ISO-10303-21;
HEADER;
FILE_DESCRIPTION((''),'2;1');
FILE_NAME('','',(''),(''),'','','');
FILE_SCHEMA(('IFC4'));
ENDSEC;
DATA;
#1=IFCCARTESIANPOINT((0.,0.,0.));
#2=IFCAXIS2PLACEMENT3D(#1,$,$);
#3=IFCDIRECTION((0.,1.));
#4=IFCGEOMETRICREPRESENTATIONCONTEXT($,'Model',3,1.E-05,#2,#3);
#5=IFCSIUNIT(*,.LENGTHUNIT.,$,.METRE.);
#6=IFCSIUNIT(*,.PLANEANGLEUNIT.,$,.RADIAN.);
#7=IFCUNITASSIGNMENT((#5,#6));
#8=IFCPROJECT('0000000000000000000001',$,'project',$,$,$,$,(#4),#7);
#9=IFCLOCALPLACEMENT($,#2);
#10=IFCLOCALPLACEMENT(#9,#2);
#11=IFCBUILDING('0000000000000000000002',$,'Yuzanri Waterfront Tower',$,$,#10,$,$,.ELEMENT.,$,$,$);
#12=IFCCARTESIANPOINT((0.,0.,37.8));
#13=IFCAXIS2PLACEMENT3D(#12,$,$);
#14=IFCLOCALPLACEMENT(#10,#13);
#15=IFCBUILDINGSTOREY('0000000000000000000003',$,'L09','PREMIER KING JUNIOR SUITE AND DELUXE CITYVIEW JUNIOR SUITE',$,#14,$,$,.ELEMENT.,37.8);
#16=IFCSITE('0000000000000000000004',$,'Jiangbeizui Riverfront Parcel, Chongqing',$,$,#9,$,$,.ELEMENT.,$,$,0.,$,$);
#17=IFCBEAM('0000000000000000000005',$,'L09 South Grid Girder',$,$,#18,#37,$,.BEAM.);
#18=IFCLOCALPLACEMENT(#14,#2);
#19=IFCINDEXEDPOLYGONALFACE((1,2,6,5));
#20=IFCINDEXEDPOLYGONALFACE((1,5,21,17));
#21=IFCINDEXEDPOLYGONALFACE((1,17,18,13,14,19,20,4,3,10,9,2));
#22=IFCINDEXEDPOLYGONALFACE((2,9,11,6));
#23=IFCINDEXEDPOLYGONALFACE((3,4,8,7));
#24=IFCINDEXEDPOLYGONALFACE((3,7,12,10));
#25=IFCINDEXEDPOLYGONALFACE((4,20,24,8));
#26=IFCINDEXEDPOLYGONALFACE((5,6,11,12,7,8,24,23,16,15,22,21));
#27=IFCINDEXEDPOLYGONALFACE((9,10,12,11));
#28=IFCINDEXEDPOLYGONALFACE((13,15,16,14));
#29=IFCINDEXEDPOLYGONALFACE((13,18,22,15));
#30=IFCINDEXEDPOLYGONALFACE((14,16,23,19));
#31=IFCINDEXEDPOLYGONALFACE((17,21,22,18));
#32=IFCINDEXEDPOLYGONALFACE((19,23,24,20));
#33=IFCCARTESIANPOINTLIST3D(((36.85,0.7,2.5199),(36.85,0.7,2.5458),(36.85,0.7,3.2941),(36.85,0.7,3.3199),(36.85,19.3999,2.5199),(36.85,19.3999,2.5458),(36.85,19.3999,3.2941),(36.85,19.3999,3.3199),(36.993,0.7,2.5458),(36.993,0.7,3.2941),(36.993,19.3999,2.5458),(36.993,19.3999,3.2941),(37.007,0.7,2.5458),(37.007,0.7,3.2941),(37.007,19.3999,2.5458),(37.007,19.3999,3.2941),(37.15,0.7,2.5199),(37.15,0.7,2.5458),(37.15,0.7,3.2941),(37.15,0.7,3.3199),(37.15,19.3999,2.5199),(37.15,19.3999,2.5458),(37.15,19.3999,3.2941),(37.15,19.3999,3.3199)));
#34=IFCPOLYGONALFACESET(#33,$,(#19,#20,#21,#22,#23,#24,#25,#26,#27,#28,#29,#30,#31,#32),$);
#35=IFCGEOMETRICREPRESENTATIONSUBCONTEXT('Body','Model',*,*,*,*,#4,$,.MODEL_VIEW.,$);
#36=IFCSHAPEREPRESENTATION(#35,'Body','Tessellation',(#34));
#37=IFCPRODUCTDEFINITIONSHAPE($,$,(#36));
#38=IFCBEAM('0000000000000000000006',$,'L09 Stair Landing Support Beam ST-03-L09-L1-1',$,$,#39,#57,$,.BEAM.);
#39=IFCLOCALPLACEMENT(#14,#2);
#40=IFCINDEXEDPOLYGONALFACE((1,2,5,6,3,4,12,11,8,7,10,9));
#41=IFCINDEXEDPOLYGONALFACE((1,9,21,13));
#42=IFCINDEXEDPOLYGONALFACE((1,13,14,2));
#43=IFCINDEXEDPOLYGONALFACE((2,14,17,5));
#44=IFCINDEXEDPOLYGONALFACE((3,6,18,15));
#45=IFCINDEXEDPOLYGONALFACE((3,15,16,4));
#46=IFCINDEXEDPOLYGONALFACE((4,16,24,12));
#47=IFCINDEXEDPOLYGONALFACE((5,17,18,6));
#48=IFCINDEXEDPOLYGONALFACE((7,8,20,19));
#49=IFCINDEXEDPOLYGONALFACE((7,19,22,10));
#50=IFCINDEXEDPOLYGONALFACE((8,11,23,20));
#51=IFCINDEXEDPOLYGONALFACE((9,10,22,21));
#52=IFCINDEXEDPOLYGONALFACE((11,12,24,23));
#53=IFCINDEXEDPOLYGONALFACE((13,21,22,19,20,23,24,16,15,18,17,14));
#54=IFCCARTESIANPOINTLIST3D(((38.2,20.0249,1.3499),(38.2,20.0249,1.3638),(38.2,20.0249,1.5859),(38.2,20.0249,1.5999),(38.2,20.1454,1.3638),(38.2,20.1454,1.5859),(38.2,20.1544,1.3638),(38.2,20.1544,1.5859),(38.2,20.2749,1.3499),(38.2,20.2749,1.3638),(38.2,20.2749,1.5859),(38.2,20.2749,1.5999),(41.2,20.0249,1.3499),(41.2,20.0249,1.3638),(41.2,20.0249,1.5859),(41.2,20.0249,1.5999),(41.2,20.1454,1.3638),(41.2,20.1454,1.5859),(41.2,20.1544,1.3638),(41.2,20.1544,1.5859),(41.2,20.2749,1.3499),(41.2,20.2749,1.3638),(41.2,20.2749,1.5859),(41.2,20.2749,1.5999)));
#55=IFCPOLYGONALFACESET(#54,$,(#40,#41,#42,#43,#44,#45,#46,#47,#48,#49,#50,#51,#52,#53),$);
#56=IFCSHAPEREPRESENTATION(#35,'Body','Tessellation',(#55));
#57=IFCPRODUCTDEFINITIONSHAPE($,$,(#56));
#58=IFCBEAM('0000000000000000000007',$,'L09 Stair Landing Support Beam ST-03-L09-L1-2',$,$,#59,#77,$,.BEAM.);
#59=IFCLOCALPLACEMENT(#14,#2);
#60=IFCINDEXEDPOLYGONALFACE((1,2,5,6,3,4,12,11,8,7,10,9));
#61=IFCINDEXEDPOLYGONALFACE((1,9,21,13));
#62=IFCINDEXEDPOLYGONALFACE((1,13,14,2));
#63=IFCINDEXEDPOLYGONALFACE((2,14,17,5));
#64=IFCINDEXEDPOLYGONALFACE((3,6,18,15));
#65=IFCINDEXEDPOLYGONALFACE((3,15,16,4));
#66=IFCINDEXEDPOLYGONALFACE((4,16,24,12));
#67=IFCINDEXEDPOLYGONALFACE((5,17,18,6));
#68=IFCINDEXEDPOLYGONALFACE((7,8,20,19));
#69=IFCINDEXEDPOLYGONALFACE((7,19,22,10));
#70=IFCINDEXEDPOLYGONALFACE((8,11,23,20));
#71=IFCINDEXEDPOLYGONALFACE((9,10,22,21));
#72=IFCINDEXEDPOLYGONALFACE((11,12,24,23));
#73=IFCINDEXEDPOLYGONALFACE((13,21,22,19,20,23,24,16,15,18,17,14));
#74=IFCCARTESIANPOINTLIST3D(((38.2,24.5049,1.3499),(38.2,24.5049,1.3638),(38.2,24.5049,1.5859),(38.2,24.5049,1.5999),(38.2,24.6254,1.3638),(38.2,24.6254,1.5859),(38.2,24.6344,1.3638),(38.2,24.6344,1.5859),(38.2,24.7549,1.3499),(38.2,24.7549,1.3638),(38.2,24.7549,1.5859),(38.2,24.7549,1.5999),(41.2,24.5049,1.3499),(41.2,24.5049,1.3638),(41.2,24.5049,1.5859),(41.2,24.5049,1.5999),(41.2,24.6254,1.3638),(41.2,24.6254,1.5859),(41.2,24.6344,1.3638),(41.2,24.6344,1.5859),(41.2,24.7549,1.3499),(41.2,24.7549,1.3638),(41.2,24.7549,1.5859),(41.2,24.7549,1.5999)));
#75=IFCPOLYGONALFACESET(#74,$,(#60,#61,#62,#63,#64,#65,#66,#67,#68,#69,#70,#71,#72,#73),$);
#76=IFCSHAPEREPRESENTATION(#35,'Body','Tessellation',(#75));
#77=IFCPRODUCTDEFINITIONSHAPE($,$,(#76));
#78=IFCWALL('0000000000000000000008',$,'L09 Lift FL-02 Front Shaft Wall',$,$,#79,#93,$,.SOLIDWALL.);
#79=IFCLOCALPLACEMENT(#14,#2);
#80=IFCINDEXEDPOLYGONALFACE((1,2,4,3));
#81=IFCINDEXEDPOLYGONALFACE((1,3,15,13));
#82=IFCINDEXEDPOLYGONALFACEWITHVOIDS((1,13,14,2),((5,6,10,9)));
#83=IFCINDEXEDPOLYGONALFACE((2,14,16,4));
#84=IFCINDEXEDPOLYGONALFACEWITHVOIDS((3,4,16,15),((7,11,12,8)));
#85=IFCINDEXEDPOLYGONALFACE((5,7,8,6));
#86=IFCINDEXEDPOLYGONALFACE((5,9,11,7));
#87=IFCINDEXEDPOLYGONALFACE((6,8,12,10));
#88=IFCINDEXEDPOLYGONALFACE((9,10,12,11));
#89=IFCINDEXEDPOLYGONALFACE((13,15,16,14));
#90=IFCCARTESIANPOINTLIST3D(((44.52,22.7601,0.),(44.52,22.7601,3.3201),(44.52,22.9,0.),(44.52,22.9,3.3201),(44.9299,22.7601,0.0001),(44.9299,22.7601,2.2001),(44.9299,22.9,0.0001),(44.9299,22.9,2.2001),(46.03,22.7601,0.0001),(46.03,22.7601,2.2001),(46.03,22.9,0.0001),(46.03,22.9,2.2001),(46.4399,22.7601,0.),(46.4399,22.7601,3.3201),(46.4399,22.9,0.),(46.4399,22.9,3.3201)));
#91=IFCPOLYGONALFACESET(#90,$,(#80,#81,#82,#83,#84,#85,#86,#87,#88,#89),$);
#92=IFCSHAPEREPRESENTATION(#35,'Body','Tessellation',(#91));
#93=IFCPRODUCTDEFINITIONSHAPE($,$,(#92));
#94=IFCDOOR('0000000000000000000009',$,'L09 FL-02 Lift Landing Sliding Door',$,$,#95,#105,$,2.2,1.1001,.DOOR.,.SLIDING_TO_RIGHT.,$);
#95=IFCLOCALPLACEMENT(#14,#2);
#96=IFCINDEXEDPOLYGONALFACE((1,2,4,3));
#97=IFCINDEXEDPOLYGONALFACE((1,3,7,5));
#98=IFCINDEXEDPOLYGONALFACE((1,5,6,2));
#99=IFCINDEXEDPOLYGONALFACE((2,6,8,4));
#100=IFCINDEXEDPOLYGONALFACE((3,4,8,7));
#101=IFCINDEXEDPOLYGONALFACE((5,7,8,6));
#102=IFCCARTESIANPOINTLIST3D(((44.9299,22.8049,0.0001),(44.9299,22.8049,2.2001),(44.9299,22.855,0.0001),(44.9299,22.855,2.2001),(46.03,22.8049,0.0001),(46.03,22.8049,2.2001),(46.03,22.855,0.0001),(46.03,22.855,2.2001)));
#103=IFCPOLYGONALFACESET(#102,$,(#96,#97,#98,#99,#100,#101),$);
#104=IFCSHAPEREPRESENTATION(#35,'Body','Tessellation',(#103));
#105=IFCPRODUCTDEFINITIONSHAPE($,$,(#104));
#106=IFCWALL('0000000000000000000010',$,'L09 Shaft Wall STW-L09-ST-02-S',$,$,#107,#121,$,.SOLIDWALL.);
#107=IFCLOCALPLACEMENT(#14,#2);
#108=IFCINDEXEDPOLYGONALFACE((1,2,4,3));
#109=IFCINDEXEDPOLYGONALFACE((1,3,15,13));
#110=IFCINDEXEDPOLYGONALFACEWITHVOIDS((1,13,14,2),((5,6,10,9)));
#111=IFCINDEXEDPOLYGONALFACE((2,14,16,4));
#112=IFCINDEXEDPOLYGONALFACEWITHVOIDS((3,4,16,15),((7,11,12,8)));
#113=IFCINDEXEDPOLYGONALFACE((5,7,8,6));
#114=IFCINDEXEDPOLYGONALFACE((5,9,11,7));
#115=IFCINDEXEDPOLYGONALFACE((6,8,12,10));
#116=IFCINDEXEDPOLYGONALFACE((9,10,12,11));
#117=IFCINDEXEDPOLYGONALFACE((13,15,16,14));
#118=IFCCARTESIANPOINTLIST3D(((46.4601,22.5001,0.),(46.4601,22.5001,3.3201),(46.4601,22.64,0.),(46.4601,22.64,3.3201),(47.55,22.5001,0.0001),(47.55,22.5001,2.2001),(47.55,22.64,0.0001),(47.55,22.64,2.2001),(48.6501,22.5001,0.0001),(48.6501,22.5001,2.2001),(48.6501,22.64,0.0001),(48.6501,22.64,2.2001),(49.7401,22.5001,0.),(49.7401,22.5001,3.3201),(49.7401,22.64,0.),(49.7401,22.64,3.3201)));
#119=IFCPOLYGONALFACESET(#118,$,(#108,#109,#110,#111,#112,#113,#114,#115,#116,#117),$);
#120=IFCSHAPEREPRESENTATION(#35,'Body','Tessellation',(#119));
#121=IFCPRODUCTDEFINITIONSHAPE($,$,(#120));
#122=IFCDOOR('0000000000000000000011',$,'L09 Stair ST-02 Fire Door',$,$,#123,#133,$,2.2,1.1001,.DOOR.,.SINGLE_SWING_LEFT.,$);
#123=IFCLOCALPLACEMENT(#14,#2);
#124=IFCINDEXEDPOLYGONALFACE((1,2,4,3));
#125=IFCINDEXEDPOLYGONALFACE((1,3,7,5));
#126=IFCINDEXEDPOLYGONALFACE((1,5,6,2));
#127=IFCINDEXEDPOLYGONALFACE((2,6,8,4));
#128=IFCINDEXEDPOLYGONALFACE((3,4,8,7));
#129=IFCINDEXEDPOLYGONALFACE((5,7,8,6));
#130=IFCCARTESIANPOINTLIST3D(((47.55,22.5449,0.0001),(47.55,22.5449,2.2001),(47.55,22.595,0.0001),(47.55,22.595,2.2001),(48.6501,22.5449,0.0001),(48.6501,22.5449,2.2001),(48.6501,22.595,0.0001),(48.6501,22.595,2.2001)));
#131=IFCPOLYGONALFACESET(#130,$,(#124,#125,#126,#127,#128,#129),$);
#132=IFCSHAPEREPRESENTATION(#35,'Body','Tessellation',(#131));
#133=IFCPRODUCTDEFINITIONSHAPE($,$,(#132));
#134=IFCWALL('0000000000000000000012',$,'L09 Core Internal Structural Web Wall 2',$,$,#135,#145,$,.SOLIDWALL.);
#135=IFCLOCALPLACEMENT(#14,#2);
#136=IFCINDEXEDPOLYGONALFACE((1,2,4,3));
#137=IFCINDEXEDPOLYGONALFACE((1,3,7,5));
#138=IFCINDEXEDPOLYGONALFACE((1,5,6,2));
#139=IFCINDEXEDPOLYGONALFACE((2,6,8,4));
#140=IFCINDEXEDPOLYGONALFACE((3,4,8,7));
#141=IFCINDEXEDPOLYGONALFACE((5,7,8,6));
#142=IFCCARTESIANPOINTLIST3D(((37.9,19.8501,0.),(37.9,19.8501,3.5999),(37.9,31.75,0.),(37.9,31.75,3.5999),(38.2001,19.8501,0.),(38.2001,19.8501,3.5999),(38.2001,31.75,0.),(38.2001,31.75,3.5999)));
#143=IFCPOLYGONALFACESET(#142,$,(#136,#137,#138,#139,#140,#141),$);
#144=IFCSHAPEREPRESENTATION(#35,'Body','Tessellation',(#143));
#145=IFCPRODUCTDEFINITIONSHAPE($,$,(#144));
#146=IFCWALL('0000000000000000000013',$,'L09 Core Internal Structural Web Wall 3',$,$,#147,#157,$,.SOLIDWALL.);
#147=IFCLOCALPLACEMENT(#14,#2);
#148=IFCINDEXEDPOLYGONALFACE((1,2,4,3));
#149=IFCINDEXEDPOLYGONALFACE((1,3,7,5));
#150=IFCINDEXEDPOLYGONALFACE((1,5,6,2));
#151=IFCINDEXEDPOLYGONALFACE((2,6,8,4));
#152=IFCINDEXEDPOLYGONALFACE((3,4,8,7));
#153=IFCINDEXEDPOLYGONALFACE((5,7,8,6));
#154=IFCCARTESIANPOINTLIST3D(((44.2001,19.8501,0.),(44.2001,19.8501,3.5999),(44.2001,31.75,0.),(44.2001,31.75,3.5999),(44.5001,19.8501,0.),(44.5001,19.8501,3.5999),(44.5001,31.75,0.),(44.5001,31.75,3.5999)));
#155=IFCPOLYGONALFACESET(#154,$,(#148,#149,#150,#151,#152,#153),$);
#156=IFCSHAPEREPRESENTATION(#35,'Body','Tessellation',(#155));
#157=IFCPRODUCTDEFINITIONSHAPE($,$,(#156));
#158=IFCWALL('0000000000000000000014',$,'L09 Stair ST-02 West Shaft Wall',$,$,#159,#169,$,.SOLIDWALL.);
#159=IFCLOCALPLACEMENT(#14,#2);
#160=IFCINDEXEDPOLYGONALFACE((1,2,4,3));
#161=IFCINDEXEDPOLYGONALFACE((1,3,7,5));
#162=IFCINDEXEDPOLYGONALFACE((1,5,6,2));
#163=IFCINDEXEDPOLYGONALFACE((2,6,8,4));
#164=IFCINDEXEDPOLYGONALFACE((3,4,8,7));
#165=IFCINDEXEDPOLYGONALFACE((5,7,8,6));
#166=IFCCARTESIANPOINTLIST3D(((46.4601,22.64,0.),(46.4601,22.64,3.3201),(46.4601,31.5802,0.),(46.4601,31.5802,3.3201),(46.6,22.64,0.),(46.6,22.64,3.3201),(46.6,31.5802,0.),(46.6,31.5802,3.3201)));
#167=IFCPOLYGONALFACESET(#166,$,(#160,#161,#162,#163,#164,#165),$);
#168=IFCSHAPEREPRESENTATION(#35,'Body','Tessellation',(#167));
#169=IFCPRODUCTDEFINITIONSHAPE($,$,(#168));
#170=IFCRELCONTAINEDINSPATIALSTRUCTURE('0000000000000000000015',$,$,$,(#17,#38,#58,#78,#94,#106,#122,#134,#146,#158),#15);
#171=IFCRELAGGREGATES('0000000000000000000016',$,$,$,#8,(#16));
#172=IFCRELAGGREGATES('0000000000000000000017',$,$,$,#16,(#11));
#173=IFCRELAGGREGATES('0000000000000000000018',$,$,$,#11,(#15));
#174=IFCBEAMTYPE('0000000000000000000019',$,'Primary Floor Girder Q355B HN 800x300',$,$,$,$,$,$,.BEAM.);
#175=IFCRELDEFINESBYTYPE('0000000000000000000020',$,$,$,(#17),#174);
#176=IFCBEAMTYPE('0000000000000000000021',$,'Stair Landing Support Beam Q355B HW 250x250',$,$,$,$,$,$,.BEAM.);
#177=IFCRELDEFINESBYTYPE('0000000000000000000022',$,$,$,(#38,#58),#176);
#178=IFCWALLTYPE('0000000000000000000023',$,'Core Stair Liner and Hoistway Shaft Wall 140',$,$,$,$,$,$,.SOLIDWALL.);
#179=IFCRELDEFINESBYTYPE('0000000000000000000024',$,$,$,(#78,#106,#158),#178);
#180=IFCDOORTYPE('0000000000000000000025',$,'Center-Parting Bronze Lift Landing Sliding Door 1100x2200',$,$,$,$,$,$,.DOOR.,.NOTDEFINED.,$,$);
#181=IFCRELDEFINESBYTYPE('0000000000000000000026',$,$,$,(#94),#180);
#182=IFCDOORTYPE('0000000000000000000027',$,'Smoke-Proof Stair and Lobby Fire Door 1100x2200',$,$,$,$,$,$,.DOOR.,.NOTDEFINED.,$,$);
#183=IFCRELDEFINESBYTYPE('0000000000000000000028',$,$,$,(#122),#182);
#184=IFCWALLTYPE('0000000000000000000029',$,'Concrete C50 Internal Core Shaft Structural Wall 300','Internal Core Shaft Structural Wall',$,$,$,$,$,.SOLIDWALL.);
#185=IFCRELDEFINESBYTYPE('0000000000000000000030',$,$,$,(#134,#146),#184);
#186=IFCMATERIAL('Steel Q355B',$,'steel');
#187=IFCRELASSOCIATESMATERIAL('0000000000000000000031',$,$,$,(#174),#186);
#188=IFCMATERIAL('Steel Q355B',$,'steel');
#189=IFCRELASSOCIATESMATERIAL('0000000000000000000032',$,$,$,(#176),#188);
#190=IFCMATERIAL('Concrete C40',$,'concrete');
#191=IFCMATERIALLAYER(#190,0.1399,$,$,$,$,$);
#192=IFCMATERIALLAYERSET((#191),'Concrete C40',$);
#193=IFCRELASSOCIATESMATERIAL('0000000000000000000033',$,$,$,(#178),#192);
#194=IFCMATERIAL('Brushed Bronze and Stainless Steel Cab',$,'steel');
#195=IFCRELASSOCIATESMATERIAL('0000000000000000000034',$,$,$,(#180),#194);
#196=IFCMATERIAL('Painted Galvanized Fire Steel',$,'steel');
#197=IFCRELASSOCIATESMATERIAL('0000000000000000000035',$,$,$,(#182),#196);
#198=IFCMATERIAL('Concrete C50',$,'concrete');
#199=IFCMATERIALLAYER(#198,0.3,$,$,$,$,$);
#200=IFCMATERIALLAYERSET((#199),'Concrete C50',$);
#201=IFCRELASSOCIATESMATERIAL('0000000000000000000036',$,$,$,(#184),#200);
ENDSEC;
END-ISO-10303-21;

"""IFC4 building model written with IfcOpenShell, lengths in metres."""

from ifc_helpers import new_model, si_unit, direction, frame, frame_2d, origin, origin_2d, place, context, subcontext, project, spatial, rectangle, i_section, extrude, source, transform, mapped, material, layer, layer_set, material_profile, profile_set, type_object, element, fill, save


model = new_model("IFC4")

# Units and contexts
model_context = context("Model", 3, precision=1e-05, world=origin(), true_north=direction((0.0, 1.0)))
body_context = subcontext(model_context, "Body", "Model", "MODEL_VIEW")
ifc_project = project(units=[si_unit("LENGTHUNIT", "METRE"), si_unit("PLANEANGLEUNIT", "RADIAN")], contexts=[model_context])

# Site, building, storey
site_placement = place(None, origin())
site = spatial("IfcSite", under=ifc_project, at=site_placement, Name="Jiangbeizui Riverfront Parcel, Chongqing", CompositionType="ELEMENT", RefElevation=0.0)
building_placement = place(site_placement, origin())
building = spatial("IfcBuilding", under=site, at=building_placement, Name="Yuzanri Waterfront Tower", CompositionType="ELEMENT")
storey_placement = place(building_placement, frame((0.0, 0.0, 37.8)))
storey = spatial("IfcBuildingStorey", under=building, at=storey_placement, Name="L09", Description="PREMIER KING JUNIOR SUITE AND DELUXE CITYVIEW JUNIOR SUITE", CompositionType="ELEMENT", Elevation=37.8)

# Beams
ifc_material_1 = material(Name="Steel Q355B", Category="steel")
ifc_material_profile_1 = material_profile(ifc_material_1, i_section(OverallWidth=0.3, OverallDepth=0.8, WebThickness=0.0139, FlangeThickness=0.0259, at=origin_2d()), Name="HN 800x300x14x26")
ifc_profile_set_1 = profile_set([ifc_material_profile_1], Name="Steel Q355B")
beam_type_1 = type_object("IfcBeamType", Name="Primary Floor Girder Q355B HN 800x300", PredefinedType="BEAM", material=ifc_profile_set_1)
shared_shape_1 = source(origin(), body_context, "Body", "SweptSolid", [
    extrude(i_section(OverallWidth=0.3, OverallDepth=0.8, WebThickness=0.0139, FlangeThickness=0.0259, at=origin_2d()), origin(), (0.0, 0.0, 1.0), 18.7),
])
beam_placement = place(storey_placement, frame((37.0, 19.3999, 2.9199), z_axis=(0.0, -1.0, 0.0), x_axis=(1.0, 0.0, 0.0)))
element("IfcBeam", 1, at=beam_placement, inside=storey, type_object=beam_type_1, Name="L09 South Grid Girder", PredefinedType="BEAM", context=body_context, shape_type="MappedRepresentation", body=[
    mapped(shared_shape_1, transform((0.0, 0.0, 0.0), scale=1.0)),
])
ifc_material_2 = material(Name="Steel Q355B", Category="steel")
ifc_material_profile_2 = material_profile(ifc_material_2, i_section(OverallWidth=0.25, OverallDepth=0.25, WebThickness=0.009, FlangeThickness=0.0139, at=origin_2d()), Name="HW 250x250x9x14")
ifc_profile_set_2 = profile_set([ifc_material_profile_2], Name="Steel Q355B")
beam_type_2 = type_object("IfcBeamType", Name="Stair Landing Support Beam Q355B HW 250x250", PredefinedType="BEAM", material=ifc_profile_set_2)
shared_shape_2 = source(origin(), body_context, "Body", "SweptSolid", [
    extrude(i_section(OverallWidth=0.25, OverallDepth=0.25, WebThickness=0.009, FlangeThickness=0.0139, at=origin_2d()), origin(), (0.0, 0.0, 1.0), 3.0),
])
for number, where, z_axis, x_axis, name in (
    (2, (38.2, 20.1499, 1.4749), (1.0, 0.0, 0.0), (0.0, 1.0, 0.0), "L09 Stair Landing Support Beam ST-03-L09-L1-1"),
    (3, (38.2, 24.6299, 1.4749), (1.0, 0.0, 0.0), (0.0, 1.0, 0.0), "L09 Stair Landing Support Beam ST-03-L09-L1-2"),
):
    element("IfcBeam", number, at=place(storey_placement, frame(where, z_axis=z_axis, x_axis=x_axis)), inside=storey, type_object=beam_type_2, Name=name, PredefinedType="BEAM", context=body_context, shape_type="MappedRepresentation", body=[
        mapped(shared_shape_2, transform((0.0, 0.0, 0.0), scale=1.0)),
    ])

# Walls, openings, doors
ifc_material_3 = material(Name="Concrete C40", Category="concrete")
ifc_layer_1 = layer(ifc_material_3, 0.1399)
ifc_layer_set_1 = layer_set([ifc_layer_1], Name="Concrete C40")
wall_type_1 = type_object("IfcWallType", Name="Core Stair Liner and Hoistway Shaft Wall 140", PredefinedType="SOLIDWALL", material=ifc_layer_set_1)
wall_1_placement = place(storey_placement, frame((44.52, 22.8301, 0.0), z_axis=(0.0, 0.0, 1.0), x_axis=(1.0, 0.0, 0.0)))
wall_1 = element("IfcWall", 4, at=wall_1_placement, inside=storey, type_object=wall_type_1, Name="L09 Lift FL-02 Front Shaft Wall", PredefinedType="SOLIDWALL", context=body_context, shape_type="SweptSolid", body=[
    extrude(rectangle(XDim=1.9199, YDim=0.1399, at=frame_2d((0.96, 0.0))), origin(), (0.0, 0.0, 1.0), 3.3201),
])
opening_1_placement = place(wall_1_placement, frame((0.4099, 0.0, 0.0)))
opening_1 = element("IfcOpeningElement", 5, at=opening_1_placement, cuts=wall_1, PredefinedType="OPENING", context=body_context, shape_type="SweptSolid", body=[
    extrude(rectangle(XDim=1.1001, YDim=2.2, at=frame_2d((0.55, 1.1001))), frame((0.0, 0.085, 0.0), z_axis=(0.0, -1.0, 0.0), x_axis=(1.0, 0.0, 0.0)), (0.0, 0.0, 1.0), 0.1697),
])
ifc_material_4 = material(Name="Brushed Bronze and Stainless Steel Cab", Category="steel")
door_type_1 = type_object("IfcDoorType", Name="Center-Parting Bronze Lift Landing Sliding Door 1100x2200", OperationType="NOTDEFINED", PredefinedType="DOOR", material=ifc_material_4)
shared_shape_3 = source(origin(), body_context, "Body", "SweptSolid", [
    extrude(rectangle(XDim=1.1001, YDim=2.2, at=frame_2d((0.55, 1.1001))), frame((0.0, 0.0249, 0.0), z_axis=(0.0, -1.0, 0.0), x_axis=(1.0, 0.0, 0.0)), (0.0, 0.0, 1.0), 0.05),
])
door_1_placement = place(opening_1_placement, origin())
door_1 = element("IfcDoor", 6, at=door_1_placement, inside=storey, type_object=door_type_1, Name="L09 FL-02 Lift Landing Sliding Door", OperationType="SLIDING_TO_RIGHT", OverallHeight=2.2, OverallWidth=1.1001, PredefinedType="DOOR", context=body_context, shape_type="MappedRepresentation", body=[
    mapped(shared_shape_3, transform((0.0, 0.0, 0.0), scale=1.0)),
])
fill(opening_1, door_1)
wall_2_placement = place(storey_placement, frame((46.46, 22.5701, 0.0), z_axis=(0.0, 0.0, 1.0), x_axis=(1.0, 0.0, 0.0)))
wall_2 = element("IfcWall", 7, at=wall_2_placement, inside=storey, type_object=wall_type_1, Name="L09 Shaft Wall STW-L09-ST-02-S", PredefinedType="SOLIDWALL", context=body_context, shape_type="SweptSolid", body=[
    extrude(rectangle(XDim=3.28, YDim=0.1399, at=frame_2d((1.6401, 0.0))), origin(), (0.0, 0.0, 1.0), 3.3201),
])
opening_2_placement = place(wall_2_placement, frame((1.0901, 0.0, 0.0)))
opening_2 = element("IfcOpeningElement", 8, at=opening_2_placement, cuts=wall_2, PredefinedType="OPENING", context=body_context, shape_type="SweptSolid", body=[
    extrude(rectangle(XDim=1.1001, YDim=2.2, at=frame_2d((0.55, 1.1001))), frame((0.0, 0.085, 0.0), z_axis=(0.0, -1.0, 0.0), x_axis=(1.0, 0.0, 0.0)), (0.0, 0.0, 1.0), 0.1697),
])
ifc_material_5 = material(Name="Painted Galvanized Fire Steel", Category="steel")
door_type_2 = type_object("IfcDoorType", Name="Smoke-Proof Stair and Lobby Fire Door 1100x2200", OperationType="NOTDEFINED", PredefinedType="DOOR", material=ifc_material_5)
shared_shape_4 = source(origin(), body_context, "Body", "SweptSolid", [
    extrude(rectangle(XDim=1.1001, YDim=2.2, at=frame_2d((0.55, 1.1001))), frame((0.0, 0.0249, 0.0), z_axis=(0.0, -1.0, 0.0), x_axis=(1.0, 0.0, 0.0)), (0.0, 0.0, 1.0), 0.05),
])
door_2_placement = place(opening_2_placement, origin())
door_2 = element("IfcDoor", 9, at=door_2_placement, inside=storey, type_object=door_type_2, Name="L09 Stair ST-02 Fire Door", OperationType="SINGLE_SWING_LEFT", OverallHeight=2.2, OverallWidth=1.1001, PredefinedType="DOOR", context=body_context, shape_type="MappedRepresentation", body=[
    mapped(shared_shape_4, transform((0.0, 0.0, 0.0), scale=1.0)),
])
fill(opening_2, door_2)

# Walls
ifc_material_6 = material(Name="Concrete C50", Category="concrete")
ifc_layer_2 = layer(ifc_material_6, 0.3)
ifc_layer_set_2 = layer_set([ifc_layer_2], Name="Concrete C50")
wall_type_2 = type_object("IfcWallType", Name="Concrete C50 Internal Core Shaft Structural Wall 300", Description="Internal Core Shaft Structural Wall", PredefinedType="SOLIDWALL", material=ifc_layer_set_2)
shared_shape_5 = source(origin(), body_context, "Body", "SweptSolid", [
    extrude(rectangle(XDim=11.8999, YDim=0.3, at=frame_2d((5.95, 0.0))), origin(), (0.0, 0.0, 1.0), 3.5999),
])
for number, where, z_axis, x_axis, name in (
    (10, (38.05, 19.8501, 0.0), (0.0, 0.0, 1.0), (0.0, 1.0, 0.0), "L09 Core Internal Structural Web Wall 2"),
    (11, (44.3501, 19.8501, 0.0), (0.0, 0.0, 1.0), (0.0, 1.0, 0.0), "L09 Core Internal Structural Web Wall 3"),
):
    element("IfcWall", number, at=place(storey_placement, frame(where, z_axis=z_axis, x_axis=x_axis)), inside=storey, type_object=wall_type_2, Name=name, PredefinedType="SOLIDWALL", context=body_context, shape_type="MappedRepresentation", body=[
        mapped(shared_shape_5, transform((0.0, 0.0, 0.0), scale=1.0)),
    ])
shared_shape_6 = source(origin(), body_context, "Body", "SweptSolid", [
    extrude(rectangle(XDim=8.9402, YDim=0.1399, at=frame_2d((4.4702, 0.0))), origin(), (0.0, 0.0, 1.0), 3.3201),
])
wall_3_placement = place(storey_placement, frame((46.53, 22.6399, 0.0), z_axis=(0.0, 0.0, 1.0), x_axis=(0.0, 1.0, 0.0)))
element("IfcWall", 12, at=wall_3_placement, inside=storey, type_object=wall_type_1, Name="L09 Stair ST-02 West Shaft Wall", PredefinedType="SOLIDWALL", context=body_context, shape_type="MappedRepresentation", body=[
    mapped(shared_shape_6, transform((0.0, 0.0, 0.0), scale=1.0)),
])

save(model, "model.ifc")
